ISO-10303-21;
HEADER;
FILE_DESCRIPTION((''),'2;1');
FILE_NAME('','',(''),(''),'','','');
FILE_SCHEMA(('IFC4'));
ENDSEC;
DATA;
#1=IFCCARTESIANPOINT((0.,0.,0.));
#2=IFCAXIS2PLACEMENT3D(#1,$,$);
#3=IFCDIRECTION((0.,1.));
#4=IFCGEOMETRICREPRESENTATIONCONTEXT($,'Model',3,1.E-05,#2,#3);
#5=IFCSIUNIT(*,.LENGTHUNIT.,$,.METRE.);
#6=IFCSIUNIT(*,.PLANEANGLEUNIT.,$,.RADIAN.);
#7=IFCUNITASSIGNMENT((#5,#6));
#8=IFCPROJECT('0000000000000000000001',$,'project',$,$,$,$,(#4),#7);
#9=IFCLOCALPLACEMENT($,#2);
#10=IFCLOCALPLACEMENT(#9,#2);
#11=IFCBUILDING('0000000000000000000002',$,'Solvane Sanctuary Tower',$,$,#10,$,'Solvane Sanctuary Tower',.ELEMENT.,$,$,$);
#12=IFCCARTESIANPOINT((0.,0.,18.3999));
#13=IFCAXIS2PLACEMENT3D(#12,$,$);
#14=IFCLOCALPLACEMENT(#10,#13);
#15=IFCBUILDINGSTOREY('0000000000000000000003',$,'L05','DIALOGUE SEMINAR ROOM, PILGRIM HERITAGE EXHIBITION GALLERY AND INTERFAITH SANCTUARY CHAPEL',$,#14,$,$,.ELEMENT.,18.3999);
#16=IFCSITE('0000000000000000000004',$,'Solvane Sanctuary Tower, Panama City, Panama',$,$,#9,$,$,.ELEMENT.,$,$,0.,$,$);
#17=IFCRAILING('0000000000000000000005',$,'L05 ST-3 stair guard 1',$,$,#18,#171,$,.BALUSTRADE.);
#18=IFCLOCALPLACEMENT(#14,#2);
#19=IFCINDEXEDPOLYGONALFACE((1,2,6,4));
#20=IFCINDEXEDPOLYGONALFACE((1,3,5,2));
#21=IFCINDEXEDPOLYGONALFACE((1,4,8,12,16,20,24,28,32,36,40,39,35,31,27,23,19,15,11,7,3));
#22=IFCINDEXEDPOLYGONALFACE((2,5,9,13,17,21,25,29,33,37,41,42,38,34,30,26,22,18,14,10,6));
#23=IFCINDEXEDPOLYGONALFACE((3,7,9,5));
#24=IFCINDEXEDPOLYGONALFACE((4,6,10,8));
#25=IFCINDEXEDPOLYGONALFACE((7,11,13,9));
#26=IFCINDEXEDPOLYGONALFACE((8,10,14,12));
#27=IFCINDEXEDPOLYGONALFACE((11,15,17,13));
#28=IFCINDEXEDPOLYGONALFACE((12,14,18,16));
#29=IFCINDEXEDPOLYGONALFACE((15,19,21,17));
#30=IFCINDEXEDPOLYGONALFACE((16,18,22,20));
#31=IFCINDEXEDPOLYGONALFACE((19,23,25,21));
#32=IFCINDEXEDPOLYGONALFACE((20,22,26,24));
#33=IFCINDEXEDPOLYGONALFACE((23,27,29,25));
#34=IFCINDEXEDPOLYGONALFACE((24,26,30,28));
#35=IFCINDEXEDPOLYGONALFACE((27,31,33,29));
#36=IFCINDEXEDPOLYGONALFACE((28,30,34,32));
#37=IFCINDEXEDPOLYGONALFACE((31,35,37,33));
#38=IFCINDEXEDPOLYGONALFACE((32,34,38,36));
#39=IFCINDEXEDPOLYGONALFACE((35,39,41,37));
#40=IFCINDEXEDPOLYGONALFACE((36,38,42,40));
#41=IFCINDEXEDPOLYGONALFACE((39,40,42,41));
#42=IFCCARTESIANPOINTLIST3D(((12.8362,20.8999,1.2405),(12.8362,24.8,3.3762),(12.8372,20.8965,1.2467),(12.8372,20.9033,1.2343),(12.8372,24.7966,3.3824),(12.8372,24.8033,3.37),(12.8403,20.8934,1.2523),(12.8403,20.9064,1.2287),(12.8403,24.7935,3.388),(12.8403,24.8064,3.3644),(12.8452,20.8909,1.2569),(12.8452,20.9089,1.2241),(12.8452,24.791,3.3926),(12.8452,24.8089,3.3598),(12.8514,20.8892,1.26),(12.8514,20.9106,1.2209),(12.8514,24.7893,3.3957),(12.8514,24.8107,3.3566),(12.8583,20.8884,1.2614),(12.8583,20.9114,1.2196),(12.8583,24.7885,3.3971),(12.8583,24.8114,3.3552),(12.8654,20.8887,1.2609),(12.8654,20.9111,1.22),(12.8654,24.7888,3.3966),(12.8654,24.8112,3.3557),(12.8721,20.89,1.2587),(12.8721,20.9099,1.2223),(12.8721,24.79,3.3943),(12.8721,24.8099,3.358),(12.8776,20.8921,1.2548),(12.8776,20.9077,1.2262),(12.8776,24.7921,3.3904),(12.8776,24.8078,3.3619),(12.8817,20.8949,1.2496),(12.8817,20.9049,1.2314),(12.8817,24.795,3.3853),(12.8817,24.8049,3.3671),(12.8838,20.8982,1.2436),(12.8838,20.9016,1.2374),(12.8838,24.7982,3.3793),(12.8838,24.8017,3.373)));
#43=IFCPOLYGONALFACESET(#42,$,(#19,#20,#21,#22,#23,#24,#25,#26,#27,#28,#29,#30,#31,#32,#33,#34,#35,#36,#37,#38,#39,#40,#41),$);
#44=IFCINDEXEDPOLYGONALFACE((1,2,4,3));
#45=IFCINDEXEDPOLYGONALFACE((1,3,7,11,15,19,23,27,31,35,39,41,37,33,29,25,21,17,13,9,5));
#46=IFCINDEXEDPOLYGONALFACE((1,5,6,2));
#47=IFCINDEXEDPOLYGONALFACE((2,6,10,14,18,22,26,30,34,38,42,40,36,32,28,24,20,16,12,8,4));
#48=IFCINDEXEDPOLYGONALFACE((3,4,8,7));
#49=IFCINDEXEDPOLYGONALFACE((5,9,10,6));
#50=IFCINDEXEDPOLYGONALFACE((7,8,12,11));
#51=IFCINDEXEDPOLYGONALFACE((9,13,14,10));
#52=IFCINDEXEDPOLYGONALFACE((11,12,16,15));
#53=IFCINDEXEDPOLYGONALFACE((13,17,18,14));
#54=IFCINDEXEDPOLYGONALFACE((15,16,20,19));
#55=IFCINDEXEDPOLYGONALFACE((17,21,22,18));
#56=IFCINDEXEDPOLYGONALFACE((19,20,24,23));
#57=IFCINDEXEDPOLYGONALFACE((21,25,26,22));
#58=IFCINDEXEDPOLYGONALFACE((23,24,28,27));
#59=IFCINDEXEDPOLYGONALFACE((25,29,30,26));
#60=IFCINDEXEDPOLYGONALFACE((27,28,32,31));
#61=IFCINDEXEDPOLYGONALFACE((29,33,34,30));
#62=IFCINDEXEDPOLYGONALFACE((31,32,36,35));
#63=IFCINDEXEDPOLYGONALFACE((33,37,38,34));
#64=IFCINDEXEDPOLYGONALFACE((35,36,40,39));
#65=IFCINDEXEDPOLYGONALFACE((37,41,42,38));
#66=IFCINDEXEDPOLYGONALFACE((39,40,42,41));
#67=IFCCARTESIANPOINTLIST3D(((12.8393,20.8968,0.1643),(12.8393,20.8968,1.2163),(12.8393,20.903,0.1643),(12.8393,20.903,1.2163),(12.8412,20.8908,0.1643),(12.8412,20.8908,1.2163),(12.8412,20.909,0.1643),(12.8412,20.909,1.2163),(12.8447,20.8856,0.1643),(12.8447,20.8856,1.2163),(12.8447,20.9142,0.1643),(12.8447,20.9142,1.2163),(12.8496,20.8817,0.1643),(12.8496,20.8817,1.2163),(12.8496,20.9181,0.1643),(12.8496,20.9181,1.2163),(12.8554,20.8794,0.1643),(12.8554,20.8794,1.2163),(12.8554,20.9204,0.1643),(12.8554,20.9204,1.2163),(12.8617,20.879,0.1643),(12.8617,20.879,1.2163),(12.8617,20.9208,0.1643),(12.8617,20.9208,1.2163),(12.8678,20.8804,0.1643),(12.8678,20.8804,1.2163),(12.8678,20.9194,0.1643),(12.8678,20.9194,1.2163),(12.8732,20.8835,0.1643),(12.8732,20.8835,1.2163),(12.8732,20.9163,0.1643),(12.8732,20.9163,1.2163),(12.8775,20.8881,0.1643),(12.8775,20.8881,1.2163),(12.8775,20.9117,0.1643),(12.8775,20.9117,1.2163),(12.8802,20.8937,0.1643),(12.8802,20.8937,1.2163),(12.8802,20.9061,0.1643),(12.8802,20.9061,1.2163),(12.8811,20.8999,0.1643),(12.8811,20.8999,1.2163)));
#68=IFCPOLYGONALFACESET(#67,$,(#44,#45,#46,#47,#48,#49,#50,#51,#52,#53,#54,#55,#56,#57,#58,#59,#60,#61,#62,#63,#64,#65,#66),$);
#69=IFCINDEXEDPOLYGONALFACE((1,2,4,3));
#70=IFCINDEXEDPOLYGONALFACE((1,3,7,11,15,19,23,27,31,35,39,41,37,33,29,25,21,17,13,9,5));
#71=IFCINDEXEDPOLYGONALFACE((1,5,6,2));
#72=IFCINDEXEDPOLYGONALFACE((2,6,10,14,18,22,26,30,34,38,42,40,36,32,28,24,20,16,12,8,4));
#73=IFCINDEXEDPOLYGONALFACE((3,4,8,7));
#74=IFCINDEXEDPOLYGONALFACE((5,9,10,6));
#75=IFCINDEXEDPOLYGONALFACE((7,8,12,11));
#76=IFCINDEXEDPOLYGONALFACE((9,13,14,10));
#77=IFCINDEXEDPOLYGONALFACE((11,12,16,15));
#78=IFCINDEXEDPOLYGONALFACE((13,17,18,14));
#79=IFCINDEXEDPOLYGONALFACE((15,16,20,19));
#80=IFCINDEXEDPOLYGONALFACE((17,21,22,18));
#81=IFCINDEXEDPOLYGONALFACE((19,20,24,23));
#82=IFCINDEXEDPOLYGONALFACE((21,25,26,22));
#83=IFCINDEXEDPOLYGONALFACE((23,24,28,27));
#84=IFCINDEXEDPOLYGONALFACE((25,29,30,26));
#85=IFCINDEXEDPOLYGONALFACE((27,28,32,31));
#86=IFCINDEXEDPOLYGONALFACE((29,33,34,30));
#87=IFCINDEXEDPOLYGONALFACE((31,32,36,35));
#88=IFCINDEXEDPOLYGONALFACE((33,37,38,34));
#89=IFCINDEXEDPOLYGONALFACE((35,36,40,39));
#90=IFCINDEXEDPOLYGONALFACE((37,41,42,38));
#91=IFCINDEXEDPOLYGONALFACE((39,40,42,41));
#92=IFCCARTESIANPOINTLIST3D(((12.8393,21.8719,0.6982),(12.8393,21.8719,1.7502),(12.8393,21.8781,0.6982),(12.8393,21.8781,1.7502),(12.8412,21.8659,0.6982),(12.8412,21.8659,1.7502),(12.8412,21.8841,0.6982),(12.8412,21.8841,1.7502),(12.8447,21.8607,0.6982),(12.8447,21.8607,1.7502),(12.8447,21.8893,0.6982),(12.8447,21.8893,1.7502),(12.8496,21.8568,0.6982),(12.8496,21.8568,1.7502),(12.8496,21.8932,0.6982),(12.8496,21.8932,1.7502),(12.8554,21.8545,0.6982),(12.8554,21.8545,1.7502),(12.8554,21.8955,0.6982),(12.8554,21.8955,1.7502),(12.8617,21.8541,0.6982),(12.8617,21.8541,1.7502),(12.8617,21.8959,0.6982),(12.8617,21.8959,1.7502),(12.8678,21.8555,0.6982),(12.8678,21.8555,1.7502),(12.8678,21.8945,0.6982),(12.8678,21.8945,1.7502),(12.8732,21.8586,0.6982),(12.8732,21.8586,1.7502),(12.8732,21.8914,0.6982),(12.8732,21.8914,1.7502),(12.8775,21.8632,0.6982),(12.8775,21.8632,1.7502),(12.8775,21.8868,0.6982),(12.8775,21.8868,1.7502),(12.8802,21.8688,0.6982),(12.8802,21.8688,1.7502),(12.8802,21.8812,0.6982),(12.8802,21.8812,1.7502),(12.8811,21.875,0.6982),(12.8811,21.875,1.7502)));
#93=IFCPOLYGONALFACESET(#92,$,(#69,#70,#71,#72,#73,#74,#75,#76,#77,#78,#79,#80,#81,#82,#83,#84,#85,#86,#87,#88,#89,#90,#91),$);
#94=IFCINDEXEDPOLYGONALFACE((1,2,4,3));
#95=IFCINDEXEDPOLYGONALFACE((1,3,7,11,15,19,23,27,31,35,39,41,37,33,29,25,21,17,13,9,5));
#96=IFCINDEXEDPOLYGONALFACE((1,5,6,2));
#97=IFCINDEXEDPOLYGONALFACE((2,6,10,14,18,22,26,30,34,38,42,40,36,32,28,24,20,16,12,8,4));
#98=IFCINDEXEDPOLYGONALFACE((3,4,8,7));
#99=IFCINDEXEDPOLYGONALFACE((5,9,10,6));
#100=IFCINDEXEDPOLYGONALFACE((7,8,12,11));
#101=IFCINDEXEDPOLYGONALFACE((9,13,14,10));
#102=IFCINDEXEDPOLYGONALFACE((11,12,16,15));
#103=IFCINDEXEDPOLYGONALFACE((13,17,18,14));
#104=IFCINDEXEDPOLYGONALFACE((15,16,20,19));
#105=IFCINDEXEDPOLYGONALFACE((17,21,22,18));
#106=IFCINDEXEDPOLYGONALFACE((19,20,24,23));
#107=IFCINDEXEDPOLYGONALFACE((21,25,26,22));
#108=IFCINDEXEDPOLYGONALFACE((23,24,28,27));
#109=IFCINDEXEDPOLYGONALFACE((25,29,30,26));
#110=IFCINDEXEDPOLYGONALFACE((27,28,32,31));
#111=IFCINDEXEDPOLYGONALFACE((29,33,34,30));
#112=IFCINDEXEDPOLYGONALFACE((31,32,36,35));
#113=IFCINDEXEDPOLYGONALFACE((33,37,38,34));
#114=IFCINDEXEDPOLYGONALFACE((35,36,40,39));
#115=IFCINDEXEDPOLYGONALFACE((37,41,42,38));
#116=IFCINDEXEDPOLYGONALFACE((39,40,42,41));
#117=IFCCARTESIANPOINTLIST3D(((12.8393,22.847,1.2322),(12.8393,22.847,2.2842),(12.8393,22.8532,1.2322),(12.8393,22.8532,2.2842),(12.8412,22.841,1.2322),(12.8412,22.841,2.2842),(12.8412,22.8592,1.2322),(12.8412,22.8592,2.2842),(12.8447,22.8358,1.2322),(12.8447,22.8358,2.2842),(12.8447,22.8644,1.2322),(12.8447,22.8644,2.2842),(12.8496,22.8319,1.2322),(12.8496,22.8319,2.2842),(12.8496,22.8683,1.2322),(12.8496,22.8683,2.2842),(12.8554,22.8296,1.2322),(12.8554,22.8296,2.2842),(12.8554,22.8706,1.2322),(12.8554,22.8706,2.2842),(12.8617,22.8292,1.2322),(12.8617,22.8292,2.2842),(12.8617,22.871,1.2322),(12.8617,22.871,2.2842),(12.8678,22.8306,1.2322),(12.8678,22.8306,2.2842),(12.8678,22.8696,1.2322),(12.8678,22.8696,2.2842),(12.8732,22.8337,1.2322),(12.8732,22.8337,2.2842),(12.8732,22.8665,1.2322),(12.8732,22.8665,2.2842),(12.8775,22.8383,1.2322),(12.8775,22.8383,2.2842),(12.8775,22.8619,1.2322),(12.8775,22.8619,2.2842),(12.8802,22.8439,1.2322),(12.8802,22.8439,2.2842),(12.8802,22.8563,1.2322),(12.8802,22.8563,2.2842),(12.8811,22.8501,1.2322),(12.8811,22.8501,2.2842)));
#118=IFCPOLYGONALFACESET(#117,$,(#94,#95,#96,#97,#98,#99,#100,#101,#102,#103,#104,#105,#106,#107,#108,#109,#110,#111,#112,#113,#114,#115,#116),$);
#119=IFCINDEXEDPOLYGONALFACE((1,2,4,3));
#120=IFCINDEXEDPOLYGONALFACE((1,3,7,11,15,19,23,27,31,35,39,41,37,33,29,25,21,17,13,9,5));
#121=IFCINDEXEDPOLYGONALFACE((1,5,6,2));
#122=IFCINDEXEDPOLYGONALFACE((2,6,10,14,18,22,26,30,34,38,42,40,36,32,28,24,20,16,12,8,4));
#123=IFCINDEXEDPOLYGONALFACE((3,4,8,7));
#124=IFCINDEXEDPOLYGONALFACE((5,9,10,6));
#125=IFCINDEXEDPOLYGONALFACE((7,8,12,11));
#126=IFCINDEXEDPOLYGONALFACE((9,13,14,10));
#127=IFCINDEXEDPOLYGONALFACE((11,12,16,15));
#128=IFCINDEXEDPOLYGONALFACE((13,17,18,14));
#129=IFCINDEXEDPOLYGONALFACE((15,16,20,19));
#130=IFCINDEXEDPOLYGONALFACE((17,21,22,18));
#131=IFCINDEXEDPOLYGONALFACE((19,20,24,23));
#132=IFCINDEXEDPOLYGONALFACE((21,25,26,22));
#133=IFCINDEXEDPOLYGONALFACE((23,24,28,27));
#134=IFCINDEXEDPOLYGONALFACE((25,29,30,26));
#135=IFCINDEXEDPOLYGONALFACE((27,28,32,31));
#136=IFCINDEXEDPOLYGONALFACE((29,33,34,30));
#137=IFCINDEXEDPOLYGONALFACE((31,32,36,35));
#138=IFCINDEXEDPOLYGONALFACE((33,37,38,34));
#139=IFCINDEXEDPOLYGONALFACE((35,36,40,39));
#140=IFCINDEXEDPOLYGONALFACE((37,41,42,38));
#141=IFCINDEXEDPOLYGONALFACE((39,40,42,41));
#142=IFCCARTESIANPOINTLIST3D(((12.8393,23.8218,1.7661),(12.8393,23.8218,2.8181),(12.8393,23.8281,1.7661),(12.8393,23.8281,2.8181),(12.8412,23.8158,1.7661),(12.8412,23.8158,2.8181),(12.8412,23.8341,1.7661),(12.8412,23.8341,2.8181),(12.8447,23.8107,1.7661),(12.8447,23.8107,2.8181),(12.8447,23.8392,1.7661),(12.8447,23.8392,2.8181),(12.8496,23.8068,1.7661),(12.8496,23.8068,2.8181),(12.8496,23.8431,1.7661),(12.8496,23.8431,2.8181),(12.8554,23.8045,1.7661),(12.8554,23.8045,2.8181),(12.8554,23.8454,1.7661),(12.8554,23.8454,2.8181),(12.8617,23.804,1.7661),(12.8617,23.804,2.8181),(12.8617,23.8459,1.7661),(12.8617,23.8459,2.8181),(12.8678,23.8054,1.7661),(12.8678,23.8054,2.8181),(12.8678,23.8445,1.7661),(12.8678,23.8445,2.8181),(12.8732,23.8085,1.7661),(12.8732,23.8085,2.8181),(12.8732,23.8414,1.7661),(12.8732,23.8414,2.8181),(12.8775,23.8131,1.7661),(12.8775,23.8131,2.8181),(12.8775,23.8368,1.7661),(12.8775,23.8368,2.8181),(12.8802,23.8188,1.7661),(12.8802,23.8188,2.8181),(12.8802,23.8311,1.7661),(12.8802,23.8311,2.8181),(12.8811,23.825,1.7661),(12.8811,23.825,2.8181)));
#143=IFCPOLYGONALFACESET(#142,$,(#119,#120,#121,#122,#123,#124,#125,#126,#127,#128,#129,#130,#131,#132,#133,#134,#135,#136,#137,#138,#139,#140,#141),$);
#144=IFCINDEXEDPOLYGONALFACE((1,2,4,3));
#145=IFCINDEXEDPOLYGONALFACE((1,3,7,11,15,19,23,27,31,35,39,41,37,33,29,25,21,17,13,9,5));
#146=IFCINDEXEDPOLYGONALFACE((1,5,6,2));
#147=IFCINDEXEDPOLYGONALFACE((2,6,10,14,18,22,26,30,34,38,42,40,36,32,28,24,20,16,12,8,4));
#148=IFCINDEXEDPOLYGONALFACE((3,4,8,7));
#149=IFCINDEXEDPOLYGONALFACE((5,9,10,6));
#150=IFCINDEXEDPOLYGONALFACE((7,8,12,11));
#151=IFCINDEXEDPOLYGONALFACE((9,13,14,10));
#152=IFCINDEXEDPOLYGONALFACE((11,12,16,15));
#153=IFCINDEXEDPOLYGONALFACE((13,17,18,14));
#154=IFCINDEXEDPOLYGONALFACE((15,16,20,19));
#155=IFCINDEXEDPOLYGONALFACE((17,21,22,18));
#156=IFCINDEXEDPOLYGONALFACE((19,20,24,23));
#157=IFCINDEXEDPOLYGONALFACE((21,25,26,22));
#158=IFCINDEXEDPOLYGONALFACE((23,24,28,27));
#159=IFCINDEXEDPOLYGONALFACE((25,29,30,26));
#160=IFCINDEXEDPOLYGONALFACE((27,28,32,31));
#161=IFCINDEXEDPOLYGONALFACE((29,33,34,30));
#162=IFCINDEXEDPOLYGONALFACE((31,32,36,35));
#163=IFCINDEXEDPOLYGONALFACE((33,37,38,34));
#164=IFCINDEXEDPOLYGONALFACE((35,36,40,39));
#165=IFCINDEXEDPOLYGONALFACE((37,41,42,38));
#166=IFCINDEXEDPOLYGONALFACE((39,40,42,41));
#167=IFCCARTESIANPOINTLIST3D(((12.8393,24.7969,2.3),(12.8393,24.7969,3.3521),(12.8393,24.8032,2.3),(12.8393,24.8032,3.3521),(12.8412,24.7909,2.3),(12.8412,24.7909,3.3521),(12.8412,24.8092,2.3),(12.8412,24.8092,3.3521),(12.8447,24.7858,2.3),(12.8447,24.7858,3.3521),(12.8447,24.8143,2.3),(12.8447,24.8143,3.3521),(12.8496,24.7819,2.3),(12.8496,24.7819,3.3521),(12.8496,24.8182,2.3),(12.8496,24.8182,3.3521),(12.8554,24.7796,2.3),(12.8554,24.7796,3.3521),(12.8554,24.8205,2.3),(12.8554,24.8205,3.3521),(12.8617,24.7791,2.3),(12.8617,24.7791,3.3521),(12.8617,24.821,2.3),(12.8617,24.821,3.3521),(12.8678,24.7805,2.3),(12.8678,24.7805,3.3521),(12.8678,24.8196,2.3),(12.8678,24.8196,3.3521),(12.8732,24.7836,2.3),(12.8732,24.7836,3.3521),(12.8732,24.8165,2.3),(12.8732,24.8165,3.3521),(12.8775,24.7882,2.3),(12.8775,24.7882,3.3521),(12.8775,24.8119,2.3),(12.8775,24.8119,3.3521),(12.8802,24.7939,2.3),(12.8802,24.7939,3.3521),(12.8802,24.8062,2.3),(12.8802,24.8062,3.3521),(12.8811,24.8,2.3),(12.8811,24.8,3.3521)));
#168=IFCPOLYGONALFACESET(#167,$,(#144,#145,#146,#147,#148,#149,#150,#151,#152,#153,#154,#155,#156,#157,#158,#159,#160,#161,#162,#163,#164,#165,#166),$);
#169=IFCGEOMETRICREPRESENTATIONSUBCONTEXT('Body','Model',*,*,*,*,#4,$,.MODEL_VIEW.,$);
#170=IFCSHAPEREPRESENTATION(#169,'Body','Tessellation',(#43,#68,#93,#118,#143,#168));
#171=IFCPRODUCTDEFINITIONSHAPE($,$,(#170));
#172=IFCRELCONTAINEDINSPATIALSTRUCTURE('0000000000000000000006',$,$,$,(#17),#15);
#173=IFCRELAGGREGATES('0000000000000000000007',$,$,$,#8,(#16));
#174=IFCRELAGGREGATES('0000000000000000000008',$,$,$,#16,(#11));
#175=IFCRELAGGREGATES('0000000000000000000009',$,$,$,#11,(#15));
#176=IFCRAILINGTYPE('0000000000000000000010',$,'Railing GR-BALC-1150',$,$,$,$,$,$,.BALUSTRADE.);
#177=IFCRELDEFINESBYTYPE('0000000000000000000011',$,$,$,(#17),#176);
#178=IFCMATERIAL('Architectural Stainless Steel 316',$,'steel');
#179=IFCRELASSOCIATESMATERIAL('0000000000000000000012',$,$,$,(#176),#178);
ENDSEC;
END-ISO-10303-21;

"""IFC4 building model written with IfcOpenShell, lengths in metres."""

from ifc_helpers import new_model, si_unit, direction, frame, origin, origin_2d, place, context, subcontext, project, spatial, circle, extrude, material, type_object, element, save


model = new_model("IFC4")

# Units and contexts
model_context = context("Model", 3, precision=1e-05, world=origin(), true_north=direction((0.0, 1.0)))
body_context = subcontext(model_context, "Body", "Model", "MODEL_VIEW")
ifc_project = project(units=[si_unit("LENGTHUNIT", "METRE"), si_unit("PLANEANGLEUNIT", "RADIAN")], contexts=[model_context])

# Site, building, storey
site_placement = place(None, origin())
site = spatial("IfcSite", under=ifc_project, at=site_placement, Name="Solvane Sanctuary Tower, Panama City, Panama", CompositionType="ELEMENT", RefElevation=0.0)
building_placement = place(site_placement, origin())
building = spatial("IfcBuilding", under=site, at=building_placement, Name="Solvane Sanctuary Tower", LongName="Solvane Sanctuary Tower", CompositionType="ELEMENT")
storey_placement = place(building_placement, frame((0.0, 0.0, 18.3999)))
storey = spatial("IfcBuildingStorey", under=building, at=storey_placement, Name="L05", Description="DIALOGUE SEMINAR ROOM, PILGRIM HERITAGE EXHIBITION GALLERY AND INTERFAITH SANCTUARY CHAPEL", CompositionType="ELEMENT", Elevation=18.3999)

# Railing
ifc_material_1 = material(Name="Architectural Stainless Steel 316", Category="steel")
railing_type_1 = type_object("IfcRailingType", Name="Railing GR-BALC-1150", PredefinedType="BALUSTRADE", material=ifc_material_1)
railing_1_placement = place(storey_placement, frame((12.8601, 20.8999, 0.1643)))
element("IfcRailing", 1, at=railing_1_placement, inside=storey, type_object=railing_type_1, Name="L05 ST-3 stair guard 1", PredefinedType="BALUSTRADE", context=body_context, shape_type="SweptSolid", body=[
    extrude(circle(Radius=0.0239, at=origin_2d()), frame((0.0, 0.0, 1.0762), z_axis=(0.0, 0.877101, 0.480306), x_axis=(-1.0, 0.0, 0.0)), (0.0, 0.0, 1.0), 4.4465),
    extrude(circle(Radius=0.021, at=origin_2d()), origin(), (0.0, 0.0, 1.0), 1.052),
    extrude(circle(Radius=0.021, at=origin_2d()), frame((0.0, 0.9751, 0.5339)), (0.0, 0.0, 1.0), 1.052),
    extrude(circle(Radius=0.021, at=origin_2d()), frame((0.0, 1.9502, 1.0679)), (0.0, 0.0, 1.0), 1.052),
    extrude(circle(Radius=0.021, at=origin_2d()), frame((0.0, 2.925, 1.6018)), (0.0, 0.0, 1.0), 1.052),
    extrude(circle(Radius=0.021, at=origin_2d()), frame((0.0, 3.9001, 2.1357)), (0.0, 0.0, 1.0), 1.052),
])

save(model, "model.ifc")
